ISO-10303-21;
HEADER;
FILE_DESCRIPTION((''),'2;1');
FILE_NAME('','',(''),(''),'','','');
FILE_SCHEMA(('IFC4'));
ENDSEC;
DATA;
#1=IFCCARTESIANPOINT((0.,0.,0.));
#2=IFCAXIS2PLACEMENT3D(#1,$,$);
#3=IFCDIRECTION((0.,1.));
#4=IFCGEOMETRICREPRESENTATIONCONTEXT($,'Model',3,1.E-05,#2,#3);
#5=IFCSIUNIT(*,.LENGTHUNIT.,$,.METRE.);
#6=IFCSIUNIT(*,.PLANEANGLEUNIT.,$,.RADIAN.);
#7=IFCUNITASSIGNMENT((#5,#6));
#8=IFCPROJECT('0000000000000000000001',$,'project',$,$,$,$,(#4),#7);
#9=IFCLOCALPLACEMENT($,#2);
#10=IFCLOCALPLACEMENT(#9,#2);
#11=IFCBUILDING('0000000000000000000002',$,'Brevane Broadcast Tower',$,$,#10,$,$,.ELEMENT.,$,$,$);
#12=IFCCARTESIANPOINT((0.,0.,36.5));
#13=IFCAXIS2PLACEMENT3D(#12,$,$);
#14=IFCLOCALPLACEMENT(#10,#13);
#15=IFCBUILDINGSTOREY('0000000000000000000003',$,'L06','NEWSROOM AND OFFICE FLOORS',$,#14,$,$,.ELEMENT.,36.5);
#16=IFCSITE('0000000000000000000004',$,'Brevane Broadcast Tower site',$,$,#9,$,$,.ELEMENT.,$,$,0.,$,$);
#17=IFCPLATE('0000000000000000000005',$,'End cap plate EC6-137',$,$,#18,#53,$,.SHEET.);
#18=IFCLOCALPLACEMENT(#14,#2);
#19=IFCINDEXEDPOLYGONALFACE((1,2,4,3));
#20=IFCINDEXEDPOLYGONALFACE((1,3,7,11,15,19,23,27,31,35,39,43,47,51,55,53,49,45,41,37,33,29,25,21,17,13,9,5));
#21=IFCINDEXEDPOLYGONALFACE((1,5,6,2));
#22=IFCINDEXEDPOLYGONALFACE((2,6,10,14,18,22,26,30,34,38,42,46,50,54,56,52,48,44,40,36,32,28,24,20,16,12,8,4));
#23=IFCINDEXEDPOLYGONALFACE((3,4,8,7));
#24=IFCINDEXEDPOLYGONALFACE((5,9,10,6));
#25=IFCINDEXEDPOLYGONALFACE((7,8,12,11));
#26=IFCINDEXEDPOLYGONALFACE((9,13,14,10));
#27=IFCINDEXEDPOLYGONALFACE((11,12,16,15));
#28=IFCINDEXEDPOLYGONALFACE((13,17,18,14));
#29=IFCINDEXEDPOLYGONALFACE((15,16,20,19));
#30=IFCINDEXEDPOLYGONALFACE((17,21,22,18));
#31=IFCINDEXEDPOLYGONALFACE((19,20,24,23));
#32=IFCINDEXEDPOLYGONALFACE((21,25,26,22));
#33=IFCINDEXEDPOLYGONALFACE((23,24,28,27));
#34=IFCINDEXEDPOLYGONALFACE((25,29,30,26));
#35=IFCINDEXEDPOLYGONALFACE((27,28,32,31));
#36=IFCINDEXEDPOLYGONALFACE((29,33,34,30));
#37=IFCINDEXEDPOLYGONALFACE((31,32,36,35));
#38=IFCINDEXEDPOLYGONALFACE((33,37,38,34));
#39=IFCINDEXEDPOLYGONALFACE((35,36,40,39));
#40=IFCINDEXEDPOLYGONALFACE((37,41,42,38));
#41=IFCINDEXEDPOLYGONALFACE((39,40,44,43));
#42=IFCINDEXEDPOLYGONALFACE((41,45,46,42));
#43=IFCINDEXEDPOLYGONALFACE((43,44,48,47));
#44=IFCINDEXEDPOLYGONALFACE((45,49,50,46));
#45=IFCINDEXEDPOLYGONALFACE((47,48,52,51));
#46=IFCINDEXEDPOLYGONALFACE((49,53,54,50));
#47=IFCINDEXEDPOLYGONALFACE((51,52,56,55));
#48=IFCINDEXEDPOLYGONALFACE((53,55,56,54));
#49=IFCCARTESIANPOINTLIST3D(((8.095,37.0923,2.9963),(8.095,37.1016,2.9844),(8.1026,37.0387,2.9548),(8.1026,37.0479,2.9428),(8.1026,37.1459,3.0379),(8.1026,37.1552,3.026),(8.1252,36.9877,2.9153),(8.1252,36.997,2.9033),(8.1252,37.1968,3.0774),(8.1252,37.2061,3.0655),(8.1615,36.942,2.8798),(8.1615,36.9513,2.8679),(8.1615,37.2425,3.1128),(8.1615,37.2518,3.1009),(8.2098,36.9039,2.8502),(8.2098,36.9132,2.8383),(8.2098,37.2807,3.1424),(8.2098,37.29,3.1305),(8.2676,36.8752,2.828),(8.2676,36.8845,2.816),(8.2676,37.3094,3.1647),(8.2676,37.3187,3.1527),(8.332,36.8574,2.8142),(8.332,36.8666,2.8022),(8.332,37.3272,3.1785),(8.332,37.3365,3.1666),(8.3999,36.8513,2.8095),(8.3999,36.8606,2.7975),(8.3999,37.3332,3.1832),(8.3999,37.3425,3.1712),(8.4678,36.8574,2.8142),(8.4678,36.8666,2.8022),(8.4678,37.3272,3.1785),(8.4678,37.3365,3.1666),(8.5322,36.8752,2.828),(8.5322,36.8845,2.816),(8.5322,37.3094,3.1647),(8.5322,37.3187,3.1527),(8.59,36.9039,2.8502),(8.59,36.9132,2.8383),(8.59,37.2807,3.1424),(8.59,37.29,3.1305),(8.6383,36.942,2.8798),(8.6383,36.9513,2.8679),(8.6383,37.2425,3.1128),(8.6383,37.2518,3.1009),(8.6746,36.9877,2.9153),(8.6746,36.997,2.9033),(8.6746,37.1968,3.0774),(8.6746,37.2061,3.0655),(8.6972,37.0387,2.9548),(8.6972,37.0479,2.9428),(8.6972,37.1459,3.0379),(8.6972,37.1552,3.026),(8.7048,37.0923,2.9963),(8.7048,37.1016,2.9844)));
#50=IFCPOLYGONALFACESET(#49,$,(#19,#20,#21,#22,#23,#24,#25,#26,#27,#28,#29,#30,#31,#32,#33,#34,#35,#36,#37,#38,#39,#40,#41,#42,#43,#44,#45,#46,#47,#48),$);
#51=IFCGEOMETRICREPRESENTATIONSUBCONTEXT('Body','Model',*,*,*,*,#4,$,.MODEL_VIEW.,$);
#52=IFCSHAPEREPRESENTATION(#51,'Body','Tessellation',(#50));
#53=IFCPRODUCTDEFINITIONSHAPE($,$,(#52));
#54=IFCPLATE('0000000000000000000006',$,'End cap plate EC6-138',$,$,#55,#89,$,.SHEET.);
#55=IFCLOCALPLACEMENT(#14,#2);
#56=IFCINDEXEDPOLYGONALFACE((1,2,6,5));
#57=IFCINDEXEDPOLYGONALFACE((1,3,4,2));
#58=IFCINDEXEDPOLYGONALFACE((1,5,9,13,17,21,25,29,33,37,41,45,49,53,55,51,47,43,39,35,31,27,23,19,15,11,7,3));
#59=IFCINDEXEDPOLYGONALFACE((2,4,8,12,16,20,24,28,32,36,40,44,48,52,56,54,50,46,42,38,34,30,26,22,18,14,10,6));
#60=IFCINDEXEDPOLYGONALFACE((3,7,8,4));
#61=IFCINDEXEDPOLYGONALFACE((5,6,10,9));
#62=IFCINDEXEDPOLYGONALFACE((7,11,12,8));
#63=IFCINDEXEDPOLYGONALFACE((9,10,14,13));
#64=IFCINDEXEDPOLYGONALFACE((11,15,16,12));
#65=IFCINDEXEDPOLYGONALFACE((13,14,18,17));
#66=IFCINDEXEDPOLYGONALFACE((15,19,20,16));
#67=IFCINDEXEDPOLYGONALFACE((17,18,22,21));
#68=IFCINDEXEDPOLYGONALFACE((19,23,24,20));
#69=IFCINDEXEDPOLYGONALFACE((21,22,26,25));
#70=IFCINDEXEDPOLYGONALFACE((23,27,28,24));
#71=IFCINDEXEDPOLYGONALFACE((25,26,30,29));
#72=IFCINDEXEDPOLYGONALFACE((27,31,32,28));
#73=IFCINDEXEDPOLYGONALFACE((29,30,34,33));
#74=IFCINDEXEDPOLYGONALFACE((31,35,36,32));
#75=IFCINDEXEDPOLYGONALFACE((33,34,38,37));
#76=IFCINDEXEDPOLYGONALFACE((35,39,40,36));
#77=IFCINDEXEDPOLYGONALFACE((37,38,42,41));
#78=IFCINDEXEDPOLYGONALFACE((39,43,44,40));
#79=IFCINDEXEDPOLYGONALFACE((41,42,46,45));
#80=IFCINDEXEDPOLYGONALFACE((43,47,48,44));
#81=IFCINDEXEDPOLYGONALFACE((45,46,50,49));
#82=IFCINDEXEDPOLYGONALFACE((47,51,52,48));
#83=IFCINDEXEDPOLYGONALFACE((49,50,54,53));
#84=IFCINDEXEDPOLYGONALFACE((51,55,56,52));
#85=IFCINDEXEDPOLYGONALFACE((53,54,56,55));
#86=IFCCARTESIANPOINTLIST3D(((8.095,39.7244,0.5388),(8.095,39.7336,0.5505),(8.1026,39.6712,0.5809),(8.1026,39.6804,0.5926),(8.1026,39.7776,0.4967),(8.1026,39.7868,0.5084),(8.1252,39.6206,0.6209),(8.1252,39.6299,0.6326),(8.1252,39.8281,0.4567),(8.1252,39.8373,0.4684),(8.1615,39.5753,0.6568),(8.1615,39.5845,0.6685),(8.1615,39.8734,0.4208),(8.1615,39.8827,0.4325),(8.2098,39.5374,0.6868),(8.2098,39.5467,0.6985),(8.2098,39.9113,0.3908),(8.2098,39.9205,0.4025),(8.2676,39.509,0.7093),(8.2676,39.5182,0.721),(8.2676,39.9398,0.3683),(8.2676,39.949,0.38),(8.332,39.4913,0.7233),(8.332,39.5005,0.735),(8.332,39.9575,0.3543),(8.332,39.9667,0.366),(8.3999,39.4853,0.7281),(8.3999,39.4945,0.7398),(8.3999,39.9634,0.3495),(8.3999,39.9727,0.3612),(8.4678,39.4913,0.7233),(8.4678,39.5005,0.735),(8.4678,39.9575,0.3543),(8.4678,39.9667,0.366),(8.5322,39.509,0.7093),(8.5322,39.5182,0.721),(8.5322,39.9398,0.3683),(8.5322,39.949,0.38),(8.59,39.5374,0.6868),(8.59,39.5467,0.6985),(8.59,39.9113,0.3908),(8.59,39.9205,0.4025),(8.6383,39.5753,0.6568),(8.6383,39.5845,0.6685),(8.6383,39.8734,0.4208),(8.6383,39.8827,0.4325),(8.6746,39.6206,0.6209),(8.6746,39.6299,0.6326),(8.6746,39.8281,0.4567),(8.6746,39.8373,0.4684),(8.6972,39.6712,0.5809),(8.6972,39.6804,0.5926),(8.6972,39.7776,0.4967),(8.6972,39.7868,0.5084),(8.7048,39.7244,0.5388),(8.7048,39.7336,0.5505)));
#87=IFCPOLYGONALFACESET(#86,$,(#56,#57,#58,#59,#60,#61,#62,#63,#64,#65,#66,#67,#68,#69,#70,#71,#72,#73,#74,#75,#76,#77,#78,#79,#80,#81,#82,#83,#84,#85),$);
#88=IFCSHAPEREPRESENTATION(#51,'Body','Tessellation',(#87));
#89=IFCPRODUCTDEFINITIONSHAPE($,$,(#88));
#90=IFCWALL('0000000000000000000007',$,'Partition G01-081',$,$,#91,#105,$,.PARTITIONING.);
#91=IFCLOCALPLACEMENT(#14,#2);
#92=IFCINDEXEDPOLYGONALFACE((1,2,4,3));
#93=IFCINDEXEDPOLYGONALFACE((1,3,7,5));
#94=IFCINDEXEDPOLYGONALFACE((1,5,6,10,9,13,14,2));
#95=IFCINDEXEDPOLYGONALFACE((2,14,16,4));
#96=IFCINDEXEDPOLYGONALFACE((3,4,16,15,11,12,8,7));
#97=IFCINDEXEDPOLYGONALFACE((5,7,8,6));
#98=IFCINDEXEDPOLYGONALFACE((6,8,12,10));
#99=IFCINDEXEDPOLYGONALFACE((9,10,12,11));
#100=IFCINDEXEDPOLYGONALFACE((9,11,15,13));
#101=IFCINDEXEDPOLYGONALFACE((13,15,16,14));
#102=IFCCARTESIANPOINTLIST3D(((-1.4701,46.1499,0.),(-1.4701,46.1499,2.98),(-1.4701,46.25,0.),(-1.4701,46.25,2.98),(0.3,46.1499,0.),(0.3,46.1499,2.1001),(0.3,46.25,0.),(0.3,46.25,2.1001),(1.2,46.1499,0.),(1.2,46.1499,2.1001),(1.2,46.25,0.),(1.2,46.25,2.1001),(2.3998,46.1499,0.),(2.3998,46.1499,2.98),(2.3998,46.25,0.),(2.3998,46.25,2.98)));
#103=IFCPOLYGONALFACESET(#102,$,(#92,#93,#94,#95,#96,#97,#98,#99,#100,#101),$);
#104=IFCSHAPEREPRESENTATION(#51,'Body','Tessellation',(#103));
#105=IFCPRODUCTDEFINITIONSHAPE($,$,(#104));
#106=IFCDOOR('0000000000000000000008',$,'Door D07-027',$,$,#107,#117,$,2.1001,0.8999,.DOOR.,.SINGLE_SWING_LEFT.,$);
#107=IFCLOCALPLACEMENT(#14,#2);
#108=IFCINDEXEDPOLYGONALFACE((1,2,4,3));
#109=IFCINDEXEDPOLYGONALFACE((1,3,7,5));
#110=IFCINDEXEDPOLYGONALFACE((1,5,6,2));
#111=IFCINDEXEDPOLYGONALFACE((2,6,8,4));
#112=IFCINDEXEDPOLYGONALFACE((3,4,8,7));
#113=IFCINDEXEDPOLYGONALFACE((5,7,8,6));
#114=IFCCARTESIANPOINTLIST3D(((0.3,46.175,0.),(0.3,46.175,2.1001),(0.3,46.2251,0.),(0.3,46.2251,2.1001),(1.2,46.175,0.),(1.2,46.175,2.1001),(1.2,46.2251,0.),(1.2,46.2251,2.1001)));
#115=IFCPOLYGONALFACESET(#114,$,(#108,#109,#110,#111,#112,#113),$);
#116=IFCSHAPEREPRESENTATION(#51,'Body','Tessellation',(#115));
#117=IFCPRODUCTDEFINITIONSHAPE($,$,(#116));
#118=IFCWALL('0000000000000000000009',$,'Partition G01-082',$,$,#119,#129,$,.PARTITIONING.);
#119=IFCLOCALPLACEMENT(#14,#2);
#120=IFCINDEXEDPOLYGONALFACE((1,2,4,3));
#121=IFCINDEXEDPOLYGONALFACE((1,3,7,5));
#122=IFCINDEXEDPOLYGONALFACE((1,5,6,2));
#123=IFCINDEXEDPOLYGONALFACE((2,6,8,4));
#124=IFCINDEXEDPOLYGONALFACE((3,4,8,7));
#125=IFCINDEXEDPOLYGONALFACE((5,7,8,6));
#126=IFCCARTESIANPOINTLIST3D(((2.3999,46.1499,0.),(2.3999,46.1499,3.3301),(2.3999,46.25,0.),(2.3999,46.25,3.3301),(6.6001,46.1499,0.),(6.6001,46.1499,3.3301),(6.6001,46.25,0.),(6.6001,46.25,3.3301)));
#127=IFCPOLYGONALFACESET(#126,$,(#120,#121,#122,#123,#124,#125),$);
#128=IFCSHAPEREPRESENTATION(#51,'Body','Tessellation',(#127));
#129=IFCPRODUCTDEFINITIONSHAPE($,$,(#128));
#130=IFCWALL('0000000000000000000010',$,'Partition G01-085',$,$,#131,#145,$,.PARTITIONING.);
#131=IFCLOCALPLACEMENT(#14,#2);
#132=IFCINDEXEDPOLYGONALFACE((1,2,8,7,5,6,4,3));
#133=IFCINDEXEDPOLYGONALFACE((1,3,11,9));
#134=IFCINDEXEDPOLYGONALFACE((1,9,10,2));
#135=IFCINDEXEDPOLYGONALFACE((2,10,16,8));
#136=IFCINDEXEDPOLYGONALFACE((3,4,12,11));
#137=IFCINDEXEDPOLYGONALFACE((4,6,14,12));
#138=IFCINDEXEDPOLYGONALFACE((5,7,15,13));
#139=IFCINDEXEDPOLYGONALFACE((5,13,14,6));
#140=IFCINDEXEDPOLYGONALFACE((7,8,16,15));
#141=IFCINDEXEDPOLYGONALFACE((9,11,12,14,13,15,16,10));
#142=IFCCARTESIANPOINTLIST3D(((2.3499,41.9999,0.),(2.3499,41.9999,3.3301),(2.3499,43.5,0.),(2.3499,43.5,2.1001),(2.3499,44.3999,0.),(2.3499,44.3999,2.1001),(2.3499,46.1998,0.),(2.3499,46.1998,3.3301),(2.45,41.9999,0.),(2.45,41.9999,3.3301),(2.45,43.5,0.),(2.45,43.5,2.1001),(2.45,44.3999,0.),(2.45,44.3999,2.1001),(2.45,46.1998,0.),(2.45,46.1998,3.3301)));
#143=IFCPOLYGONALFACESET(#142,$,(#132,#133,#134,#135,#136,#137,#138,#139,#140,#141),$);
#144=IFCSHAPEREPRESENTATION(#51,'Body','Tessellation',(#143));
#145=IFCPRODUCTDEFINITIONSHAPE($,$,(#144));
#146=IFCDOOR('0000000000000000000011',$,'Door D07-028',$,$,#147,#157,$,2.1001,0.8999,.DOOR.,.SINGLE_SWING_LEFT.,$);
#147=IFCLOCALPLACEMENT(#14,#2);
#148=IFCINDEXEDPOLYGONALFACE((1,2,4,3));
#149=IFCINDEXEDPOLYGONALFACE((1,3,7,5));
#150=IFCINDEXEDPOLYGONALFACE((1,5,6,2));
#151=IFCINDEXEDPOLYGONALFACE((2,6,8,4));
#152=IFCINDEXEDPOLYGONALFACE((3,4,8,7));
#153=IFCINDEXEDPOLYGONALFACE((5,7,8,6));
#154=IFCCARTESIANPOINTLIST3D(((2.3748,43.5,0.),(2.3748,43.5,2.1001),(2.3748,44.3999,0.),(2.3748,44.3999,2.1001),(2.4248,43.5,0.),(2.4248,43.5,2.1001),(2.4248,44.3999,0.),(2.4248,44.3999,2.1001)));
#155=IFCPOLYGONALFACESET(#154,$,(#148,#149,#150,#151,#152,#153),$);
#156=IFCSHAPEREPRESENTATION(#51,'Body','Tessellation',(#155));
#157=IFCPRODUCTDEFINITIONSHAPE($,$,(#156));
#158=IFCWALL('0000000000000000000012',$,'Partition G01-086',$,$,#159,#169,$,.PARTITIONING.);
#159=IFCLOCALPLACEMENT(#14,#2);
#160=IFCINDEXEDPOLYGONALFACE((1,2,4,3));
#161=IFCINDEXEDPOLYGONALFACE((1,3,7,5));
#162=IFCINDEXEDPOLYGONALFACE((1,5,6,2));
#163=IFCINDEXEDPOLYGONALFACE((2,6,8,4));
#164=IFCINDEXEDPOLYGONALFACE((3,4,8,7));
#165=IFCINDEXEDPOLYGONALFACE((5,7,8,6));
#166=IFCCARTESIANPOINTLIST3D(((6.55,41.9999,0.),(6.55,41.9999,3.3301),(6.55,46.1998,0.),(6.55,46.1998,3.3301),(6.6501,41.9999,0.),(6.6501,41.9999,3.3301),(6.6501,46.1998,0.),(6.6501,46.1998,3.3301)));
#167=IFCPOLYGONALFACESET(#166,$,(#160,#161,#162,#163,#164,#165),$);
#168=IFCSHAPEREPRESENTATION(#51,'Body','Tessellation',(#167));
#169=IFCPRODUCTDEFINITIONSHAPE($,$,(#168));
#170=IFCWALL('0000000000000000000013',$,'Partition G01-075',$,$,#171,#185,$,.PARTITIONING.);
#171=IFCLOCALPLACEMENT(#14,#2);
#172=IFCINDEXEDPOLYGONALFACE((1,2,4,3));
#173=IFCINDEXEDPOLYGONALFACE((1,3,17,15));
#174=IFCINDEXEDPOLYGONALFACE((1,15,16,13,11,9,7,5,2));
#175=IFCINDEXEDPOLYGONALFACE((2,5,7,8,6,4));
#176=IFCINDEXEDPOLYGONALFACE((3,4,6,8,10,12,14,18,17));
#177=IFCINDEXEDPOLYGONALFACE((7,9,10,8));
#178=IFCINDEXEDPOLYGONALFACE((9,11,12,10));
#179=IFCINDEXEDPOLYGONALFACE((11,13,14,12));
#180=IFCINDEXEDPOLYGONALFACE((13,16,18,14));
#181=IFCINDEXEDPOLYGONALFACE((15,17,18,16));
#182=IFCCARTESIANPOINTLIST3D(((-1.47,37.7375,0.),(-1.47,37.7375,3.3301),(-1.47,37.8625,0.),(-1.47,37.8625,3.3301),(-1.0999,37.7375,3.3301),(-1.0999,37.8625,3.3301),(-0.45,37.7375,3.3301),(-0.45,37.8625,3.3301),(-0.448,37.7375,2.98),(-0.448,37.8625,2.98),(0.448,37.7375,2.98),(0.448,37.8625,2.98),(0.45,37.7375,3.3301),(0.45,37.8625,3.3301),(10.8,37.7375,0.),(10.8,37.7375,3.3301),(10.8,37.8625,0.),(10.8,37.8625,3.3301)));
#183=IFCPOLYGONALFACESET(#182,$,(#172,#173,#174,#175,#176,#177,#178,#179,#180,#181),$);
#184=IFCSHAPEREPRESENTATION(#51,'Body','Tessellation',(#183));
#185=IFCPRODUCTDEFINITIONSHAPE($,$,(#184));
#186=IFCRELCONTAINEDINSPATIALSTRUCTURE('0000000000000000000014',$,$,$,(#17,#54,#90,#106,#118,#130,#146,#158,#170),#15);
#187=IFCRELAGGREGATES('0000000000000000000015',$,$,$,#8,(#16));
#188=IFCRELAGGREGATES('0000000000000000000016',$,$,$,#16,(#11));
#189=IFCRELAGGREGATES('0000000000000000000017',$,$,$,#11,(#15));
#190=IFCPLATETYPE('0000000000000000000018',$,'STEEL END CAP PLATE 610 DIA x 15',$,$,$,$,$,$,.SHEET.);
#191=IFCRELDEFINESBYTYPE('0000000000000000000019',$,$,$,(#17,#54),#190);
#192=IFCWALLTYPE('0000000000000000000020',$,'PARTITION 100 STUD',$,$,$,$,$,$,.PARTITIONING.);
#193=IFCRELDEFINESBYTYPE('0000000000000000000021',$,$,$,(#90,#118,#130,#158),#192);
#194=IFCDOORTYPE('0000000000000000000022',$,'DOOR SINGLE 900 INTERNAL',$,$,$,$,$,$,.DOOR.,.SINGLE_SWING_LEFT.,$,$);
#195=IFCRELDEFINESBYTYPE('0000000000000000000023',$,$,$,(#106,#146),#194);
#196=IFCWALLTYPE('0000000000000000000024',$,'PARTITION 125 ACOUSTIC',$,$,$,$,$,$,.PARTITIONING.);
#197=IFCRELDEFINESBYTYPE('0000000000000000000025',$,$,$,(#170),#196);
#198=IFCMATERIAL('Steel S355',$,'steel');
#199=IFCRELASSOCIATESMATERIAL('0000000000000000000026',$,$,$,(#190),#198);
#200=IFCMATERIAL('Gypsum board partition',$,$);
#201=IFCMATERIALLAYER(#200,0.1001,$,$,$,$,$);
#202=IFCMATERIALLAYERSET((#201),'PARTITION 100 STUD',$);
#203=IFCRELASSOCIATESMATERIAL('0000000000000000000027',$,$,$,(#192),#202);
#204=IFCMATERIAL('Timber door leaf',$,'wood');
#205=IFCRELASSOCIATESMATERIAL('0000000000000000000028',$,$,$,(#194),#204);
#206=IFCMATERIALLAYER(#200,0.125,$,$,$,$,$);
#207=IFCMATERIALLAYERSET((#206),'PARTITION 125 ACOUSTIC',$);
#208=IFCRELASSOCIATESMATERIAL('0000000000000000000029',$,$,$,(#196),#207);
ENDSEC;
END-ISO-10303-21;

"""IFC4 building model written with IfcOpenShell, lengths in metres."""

from ifc_helpers import new_model, si_unit, direction, frame, frame_2d, origin, origin_2d, place, context, subcontext, project, spatial, polyline, rectangle, circle, outline, extrude, material, layer, layer_set, material_profile, profile_set, type_object, element, fill, save


model = new_model("IFC4")

# Units and contexts
model_context = context("Model", 3, precision=1e-05, world=origin(), true_north=direction((0.0, 1.0)))
body_context = subcontext(model_context, "Body", "Model", "MODEL_VIEW")
ifc_project = project(units=[si_unit("LENGTHUNIT", "METRE"), si_unit("PLANEANGLEUNIT", "RADIAN")], contexts=[model_context])

# Site, building, storey
site_placement = place(None, origin())
site = spatial("IfcSite", under=ifc_project, at=site_placement, Name="Brevane Broadcast Tower site", CompositionType="ELEMENT", RefElevation=0.0)
building_placement = place(site_placement, origin())
building = spatial("IfcBuilding", under=site, at=building_placement, Name="Brevane Broadcast Tower", CompositionType="ELEMENT")
storey_placement = place(building_placement, frame((0.0, 0.0, 36.5)))
storey = spatial("IfcBuildingStorey", under=building, at=storey_placement, Name="L06", Description="NEWSROOM AND OFFICE FLOORS", CompositionType="ELEMENT", Elevation=36.5)

# Shared definitions
ifc_material_1 = material(Name="Steel S355", Category="steel")

# Plates
ifc_material_profile_1 = material_profile(ifc_material_1, circle(Radius=0.3049, at=origin_2d()), Name="PL 610 DIA x 15")
ifc_profile_set_1 = profile_set([ifc_material_profile_1], Name="Steel S355")
plate_type = type_object("IfcPlateType", Name="STEEL END CAP PLATE 610 DIA x 15", PredefinedType="SHEET", material=ifc_profile_set_1)
plate_1_placement = place(storey_placement, frame((8.3999, 37.1016, 2.9844), z_axis=(0.0, -0.612824, 0.79022), x_axis=(1.0, 0.0, 0.0)))
element("IfcPlate", 1, at=plate_1_placement, inside=storey, type_object=plate_type, Name="End cap plate EC6-137", PredefinedType="SHEET", context=body_context, shape_type="SweptSolid", body=[
    extrude(circle(Radius=0.3049, at=origin_2d()), origin(), (0.0, 0.0, 1.0), 0.0151),
])
plate_2_placement = place(storey_placement, frame((8.3999, 39.7244, 0.5388), z_axis=(0.0, 0.620703, 0.784046), x_axis=(-1.0, 0.0, 0.0)))
element("IfcPlate", 2, at=plate_2_placement, inside=storey, type_object=plate_type, Name="End cap plate EC6-138", PredefinedType="SHEET", context=body_context, shape_type="SweptSolid", body=[
    extrude(circle(Radius=0.3049, at=origin_2d()), origin(), (0.0, 0.0, 1.0), 0.0149),
])

# Wall, opening, door
ifc_material_2 = material(Name="Gypsum board partition")
ifc_layer_1 = layer(ifc_material_2, 0.1001)
ifc_layer_set_1 = layer_set([ifc_layer_1], Name="PARTITION 100 STUD")
wall_type_1 = type_object("IfcWallType", Name="PARTITION 100 STUD", PredefinedType="PARTITIONING", material=ifc_layer_set_1)
wall_1_placement = place(storey_placement, frame((2.3999, 46.2, 0.0), z_axis=(0.0, 0.0, 1.0), x_axis=(-1.0, 0.0, 0.0)))
wall_1 = element("IfcWall", 3, at=wall_1_placement, inside=storey, type_object=wall_type_1, Name="Partition G01-081", PredefinedType="PARTITIONING", context=body_context, shape_type="SweptSolid", body=[
    extrude(rectangle(XDim=3.8699, YDim=0.1001, at=frame_2d((1.9351, 0.0))), origin(), (0.0, 0.0, 1.0), 2.98),
])
opening_1_placement = place(wall_1_placement, frame((1.2, 0.0, 0.0)))
opening_1 = element("IfcOpeningElement", 4, at=opening_1_placement, cuts=wall_1, PredefinedType="OPENING", context=body_context, shape_type="SweptSolid", body=[
    extrude(rectangle(XDim=0.8999, YDim=2.1001, at=frame_2d((0.45, 1.05))), frame((0.0, 0.0601, 0.0), z_axis=(0.0, -1.0, 0.0), x_axis=(1.0, 0.0, 0.0)), (0.0, 0.0, 1.0), 0.1201),
])
ifc_material_3 = material(Name="Timber door leaf", Category="wood")
door_type = type_object("IfcDoorType", Name="DOOR SINGLE 900 INTERNAL", OperationType="SINGLE_SWING_LEFT", PredefinedType="DOOR", material=ifc_material_3)
door_1_placement = place(opening_1_placement, origin())
door_1 = element("IfcDoor", 5, at=door_1_placement, inside=storey, type_object=door_type, Name="Door D07-027", OperationType="SINGLE_SWING_LEFT", OverallHeight=2.1001, OverallWidth=0.8999, PredefinedType="DOOR", context=body_context, shape_type="SweptSolid", body=[
    extrude(rectangle(XDim=0.8999, YDim=2.1001, at=frame_2d((0.45, 1.05))), frame((0.0, 0.0249, 0.0), z_axis=(0.0, -1.0, 0.0), x_axis=(1.0, 0.0, 0.0)), (0.0, 0.0, 1.0), 0.05),
])
fill(opening_1, door_1)

# Wall
wall_2_placement = place(storey_placement, frame((6.6001, 46.2, 0.0), z_axis=(0.0, 0.0, 1.0), x_axis=(-1.0, 0.0, 0.0)))
element("IfcWall", 6, at=wall_2_placement, inside=storey, type_object=wall_type_1, Name="Partition G01-082", PredefinedType="PARTITIONING", context=body_context, shape_type="SweptSolid", body=[
    extrude(rectangle(XDim=4.2002, YDim=0.1001, at=frame_2d((2.1001, 0.0))), origin(), (0.0, 0.0, 1.0), 3.3301),
])

# Wall, opening, door
wall_3_placement = place(storey_placement, frame((2.3999, 46.2, 0.0), z_axis=(0.0, 0.0, 1.0), x_axis=(0.0, -1.0, 0.0)))
wall_3 = element("IfcWall", 7, at=wall_3_placement, inside=storey, type_object=wall_type_1, Name="Partition G01-085", PredefinedType="PARTITIONING", context=body_context, shape_type="SweptSolid", body=[
    extrude(rectangle(XDim=4.2, YDim=0.1001, at=frame_2d((2.1001, 0.0))), origin(), (0.0, 0.0, 1.0), 3.3301),
])
opening_2_placement = place(wall_3_placement, frame((1.8, 0.0, 0.0)))
opening_2 = element("IfcOpeningElement", 8, at=opening_2_placement, cuts=wall_3, PredefinedType="OPENING", context=body_context, shape_type="SweptSolid", body=[
    extrude(rectangle(XDim=0.8999, YDim=2.1001, at=frame_2d((0.45, 1.05))), frame((0.0, 0.0601, 0.0), z_axis=(0.0, -1.0, 0.0), x_axis=(1.0, 0.0, 0.0)), (0.0, 0.0, 1.0), 0.1201),
])
door_2_placement = place(opening_2_placement, origin())
door_2 = element("IfcDoor", 9, at=door_2_placement, inside=storey, type_object=door_type, Name="Door D07-028", OperationType="SINGLE_SWING_LEFT", OverallHeight=2.1001, OverallWidth=0.8999, PredefinedType="DOOR", context=body_context, shape_type="SweptSolid", body=[
    extrude(rectangle(XDim=0.8999, YDim=2.1001, at=frame_2d((0.45, 1.05))), frame((0.0, 0.0249, 0.0), z_axis=(0.0, -1.0, 0.0), x_axis=(1.0, 0.0, 0.0)), (0.0, 0.0, 1.0), 0.05),
])
fill(opening_2, door_2)

# Walls
wall_4_placement = place(storey_placement, frame((6.6001, 46.2, 0.0), z_axis=(0.0, 0.0, 1.0), x_axis=(0.0, -1.0, 0.0)))
element("IfcWall", 10, at=wall_4_placement, inside=storey, type_object=wall_type_1, Name="Partition G01-086", PredefinedType="PARTITIONING", context=body_context, shape_type="SweptSolid", body=[
    extrude(rectangle(XDim=4.2, YDim=0.1001, at=frame_2d((2.1001, 0.0))), origin(), (0.0, 0.0, 1.0), 3.3301),
])
ifc_layer_2 = layer(ifc_material_2, 0.125)
ifc_layer_set_2 = layer_set([ifc_layer_2], Name="PARTITION 125 ACOUSTIC")
wall_type_2 = type_object("IfcWallType", Name="PARTITION 125 ACOUSTIC", PredefinedType="PARTITIONING", material=ifc_layer_set_2)
wall_5_placement = place(storey_placement, frame((-1.47, 37.8, 0.0), z_axis=(0.0, 0.0, 1.0), x_axis=(1.0, 0.0, 0.0)))
element("IfcWall", 11, at=wall_5_placement, inside=storey, type_object=wall_type_2, Name="Partition G01-075", PredefinedType="PARTITIONING", context=body_context, shape_type="SweptSolid", body=[
    extrude(outline(polyline([(0.0, 0.0), (12.27, 0.0), (12.27, 3.3301), (1.9199, 3.3301), (1.918, 2.98), (1.022, 2.98), (1.02, 3.3301), (0.3701, 3.3301), (0.0, 3.3301), (0.0, 0.0)])), frame((0.0, 0.0625, 0.0), z_axis=(0.0, -1.0, 0.0), x_axis=(1.0, 0.0, 0.0)), (0.0, 0.0, 1.0), 0.125),
])

save(model, "model.ifc")
